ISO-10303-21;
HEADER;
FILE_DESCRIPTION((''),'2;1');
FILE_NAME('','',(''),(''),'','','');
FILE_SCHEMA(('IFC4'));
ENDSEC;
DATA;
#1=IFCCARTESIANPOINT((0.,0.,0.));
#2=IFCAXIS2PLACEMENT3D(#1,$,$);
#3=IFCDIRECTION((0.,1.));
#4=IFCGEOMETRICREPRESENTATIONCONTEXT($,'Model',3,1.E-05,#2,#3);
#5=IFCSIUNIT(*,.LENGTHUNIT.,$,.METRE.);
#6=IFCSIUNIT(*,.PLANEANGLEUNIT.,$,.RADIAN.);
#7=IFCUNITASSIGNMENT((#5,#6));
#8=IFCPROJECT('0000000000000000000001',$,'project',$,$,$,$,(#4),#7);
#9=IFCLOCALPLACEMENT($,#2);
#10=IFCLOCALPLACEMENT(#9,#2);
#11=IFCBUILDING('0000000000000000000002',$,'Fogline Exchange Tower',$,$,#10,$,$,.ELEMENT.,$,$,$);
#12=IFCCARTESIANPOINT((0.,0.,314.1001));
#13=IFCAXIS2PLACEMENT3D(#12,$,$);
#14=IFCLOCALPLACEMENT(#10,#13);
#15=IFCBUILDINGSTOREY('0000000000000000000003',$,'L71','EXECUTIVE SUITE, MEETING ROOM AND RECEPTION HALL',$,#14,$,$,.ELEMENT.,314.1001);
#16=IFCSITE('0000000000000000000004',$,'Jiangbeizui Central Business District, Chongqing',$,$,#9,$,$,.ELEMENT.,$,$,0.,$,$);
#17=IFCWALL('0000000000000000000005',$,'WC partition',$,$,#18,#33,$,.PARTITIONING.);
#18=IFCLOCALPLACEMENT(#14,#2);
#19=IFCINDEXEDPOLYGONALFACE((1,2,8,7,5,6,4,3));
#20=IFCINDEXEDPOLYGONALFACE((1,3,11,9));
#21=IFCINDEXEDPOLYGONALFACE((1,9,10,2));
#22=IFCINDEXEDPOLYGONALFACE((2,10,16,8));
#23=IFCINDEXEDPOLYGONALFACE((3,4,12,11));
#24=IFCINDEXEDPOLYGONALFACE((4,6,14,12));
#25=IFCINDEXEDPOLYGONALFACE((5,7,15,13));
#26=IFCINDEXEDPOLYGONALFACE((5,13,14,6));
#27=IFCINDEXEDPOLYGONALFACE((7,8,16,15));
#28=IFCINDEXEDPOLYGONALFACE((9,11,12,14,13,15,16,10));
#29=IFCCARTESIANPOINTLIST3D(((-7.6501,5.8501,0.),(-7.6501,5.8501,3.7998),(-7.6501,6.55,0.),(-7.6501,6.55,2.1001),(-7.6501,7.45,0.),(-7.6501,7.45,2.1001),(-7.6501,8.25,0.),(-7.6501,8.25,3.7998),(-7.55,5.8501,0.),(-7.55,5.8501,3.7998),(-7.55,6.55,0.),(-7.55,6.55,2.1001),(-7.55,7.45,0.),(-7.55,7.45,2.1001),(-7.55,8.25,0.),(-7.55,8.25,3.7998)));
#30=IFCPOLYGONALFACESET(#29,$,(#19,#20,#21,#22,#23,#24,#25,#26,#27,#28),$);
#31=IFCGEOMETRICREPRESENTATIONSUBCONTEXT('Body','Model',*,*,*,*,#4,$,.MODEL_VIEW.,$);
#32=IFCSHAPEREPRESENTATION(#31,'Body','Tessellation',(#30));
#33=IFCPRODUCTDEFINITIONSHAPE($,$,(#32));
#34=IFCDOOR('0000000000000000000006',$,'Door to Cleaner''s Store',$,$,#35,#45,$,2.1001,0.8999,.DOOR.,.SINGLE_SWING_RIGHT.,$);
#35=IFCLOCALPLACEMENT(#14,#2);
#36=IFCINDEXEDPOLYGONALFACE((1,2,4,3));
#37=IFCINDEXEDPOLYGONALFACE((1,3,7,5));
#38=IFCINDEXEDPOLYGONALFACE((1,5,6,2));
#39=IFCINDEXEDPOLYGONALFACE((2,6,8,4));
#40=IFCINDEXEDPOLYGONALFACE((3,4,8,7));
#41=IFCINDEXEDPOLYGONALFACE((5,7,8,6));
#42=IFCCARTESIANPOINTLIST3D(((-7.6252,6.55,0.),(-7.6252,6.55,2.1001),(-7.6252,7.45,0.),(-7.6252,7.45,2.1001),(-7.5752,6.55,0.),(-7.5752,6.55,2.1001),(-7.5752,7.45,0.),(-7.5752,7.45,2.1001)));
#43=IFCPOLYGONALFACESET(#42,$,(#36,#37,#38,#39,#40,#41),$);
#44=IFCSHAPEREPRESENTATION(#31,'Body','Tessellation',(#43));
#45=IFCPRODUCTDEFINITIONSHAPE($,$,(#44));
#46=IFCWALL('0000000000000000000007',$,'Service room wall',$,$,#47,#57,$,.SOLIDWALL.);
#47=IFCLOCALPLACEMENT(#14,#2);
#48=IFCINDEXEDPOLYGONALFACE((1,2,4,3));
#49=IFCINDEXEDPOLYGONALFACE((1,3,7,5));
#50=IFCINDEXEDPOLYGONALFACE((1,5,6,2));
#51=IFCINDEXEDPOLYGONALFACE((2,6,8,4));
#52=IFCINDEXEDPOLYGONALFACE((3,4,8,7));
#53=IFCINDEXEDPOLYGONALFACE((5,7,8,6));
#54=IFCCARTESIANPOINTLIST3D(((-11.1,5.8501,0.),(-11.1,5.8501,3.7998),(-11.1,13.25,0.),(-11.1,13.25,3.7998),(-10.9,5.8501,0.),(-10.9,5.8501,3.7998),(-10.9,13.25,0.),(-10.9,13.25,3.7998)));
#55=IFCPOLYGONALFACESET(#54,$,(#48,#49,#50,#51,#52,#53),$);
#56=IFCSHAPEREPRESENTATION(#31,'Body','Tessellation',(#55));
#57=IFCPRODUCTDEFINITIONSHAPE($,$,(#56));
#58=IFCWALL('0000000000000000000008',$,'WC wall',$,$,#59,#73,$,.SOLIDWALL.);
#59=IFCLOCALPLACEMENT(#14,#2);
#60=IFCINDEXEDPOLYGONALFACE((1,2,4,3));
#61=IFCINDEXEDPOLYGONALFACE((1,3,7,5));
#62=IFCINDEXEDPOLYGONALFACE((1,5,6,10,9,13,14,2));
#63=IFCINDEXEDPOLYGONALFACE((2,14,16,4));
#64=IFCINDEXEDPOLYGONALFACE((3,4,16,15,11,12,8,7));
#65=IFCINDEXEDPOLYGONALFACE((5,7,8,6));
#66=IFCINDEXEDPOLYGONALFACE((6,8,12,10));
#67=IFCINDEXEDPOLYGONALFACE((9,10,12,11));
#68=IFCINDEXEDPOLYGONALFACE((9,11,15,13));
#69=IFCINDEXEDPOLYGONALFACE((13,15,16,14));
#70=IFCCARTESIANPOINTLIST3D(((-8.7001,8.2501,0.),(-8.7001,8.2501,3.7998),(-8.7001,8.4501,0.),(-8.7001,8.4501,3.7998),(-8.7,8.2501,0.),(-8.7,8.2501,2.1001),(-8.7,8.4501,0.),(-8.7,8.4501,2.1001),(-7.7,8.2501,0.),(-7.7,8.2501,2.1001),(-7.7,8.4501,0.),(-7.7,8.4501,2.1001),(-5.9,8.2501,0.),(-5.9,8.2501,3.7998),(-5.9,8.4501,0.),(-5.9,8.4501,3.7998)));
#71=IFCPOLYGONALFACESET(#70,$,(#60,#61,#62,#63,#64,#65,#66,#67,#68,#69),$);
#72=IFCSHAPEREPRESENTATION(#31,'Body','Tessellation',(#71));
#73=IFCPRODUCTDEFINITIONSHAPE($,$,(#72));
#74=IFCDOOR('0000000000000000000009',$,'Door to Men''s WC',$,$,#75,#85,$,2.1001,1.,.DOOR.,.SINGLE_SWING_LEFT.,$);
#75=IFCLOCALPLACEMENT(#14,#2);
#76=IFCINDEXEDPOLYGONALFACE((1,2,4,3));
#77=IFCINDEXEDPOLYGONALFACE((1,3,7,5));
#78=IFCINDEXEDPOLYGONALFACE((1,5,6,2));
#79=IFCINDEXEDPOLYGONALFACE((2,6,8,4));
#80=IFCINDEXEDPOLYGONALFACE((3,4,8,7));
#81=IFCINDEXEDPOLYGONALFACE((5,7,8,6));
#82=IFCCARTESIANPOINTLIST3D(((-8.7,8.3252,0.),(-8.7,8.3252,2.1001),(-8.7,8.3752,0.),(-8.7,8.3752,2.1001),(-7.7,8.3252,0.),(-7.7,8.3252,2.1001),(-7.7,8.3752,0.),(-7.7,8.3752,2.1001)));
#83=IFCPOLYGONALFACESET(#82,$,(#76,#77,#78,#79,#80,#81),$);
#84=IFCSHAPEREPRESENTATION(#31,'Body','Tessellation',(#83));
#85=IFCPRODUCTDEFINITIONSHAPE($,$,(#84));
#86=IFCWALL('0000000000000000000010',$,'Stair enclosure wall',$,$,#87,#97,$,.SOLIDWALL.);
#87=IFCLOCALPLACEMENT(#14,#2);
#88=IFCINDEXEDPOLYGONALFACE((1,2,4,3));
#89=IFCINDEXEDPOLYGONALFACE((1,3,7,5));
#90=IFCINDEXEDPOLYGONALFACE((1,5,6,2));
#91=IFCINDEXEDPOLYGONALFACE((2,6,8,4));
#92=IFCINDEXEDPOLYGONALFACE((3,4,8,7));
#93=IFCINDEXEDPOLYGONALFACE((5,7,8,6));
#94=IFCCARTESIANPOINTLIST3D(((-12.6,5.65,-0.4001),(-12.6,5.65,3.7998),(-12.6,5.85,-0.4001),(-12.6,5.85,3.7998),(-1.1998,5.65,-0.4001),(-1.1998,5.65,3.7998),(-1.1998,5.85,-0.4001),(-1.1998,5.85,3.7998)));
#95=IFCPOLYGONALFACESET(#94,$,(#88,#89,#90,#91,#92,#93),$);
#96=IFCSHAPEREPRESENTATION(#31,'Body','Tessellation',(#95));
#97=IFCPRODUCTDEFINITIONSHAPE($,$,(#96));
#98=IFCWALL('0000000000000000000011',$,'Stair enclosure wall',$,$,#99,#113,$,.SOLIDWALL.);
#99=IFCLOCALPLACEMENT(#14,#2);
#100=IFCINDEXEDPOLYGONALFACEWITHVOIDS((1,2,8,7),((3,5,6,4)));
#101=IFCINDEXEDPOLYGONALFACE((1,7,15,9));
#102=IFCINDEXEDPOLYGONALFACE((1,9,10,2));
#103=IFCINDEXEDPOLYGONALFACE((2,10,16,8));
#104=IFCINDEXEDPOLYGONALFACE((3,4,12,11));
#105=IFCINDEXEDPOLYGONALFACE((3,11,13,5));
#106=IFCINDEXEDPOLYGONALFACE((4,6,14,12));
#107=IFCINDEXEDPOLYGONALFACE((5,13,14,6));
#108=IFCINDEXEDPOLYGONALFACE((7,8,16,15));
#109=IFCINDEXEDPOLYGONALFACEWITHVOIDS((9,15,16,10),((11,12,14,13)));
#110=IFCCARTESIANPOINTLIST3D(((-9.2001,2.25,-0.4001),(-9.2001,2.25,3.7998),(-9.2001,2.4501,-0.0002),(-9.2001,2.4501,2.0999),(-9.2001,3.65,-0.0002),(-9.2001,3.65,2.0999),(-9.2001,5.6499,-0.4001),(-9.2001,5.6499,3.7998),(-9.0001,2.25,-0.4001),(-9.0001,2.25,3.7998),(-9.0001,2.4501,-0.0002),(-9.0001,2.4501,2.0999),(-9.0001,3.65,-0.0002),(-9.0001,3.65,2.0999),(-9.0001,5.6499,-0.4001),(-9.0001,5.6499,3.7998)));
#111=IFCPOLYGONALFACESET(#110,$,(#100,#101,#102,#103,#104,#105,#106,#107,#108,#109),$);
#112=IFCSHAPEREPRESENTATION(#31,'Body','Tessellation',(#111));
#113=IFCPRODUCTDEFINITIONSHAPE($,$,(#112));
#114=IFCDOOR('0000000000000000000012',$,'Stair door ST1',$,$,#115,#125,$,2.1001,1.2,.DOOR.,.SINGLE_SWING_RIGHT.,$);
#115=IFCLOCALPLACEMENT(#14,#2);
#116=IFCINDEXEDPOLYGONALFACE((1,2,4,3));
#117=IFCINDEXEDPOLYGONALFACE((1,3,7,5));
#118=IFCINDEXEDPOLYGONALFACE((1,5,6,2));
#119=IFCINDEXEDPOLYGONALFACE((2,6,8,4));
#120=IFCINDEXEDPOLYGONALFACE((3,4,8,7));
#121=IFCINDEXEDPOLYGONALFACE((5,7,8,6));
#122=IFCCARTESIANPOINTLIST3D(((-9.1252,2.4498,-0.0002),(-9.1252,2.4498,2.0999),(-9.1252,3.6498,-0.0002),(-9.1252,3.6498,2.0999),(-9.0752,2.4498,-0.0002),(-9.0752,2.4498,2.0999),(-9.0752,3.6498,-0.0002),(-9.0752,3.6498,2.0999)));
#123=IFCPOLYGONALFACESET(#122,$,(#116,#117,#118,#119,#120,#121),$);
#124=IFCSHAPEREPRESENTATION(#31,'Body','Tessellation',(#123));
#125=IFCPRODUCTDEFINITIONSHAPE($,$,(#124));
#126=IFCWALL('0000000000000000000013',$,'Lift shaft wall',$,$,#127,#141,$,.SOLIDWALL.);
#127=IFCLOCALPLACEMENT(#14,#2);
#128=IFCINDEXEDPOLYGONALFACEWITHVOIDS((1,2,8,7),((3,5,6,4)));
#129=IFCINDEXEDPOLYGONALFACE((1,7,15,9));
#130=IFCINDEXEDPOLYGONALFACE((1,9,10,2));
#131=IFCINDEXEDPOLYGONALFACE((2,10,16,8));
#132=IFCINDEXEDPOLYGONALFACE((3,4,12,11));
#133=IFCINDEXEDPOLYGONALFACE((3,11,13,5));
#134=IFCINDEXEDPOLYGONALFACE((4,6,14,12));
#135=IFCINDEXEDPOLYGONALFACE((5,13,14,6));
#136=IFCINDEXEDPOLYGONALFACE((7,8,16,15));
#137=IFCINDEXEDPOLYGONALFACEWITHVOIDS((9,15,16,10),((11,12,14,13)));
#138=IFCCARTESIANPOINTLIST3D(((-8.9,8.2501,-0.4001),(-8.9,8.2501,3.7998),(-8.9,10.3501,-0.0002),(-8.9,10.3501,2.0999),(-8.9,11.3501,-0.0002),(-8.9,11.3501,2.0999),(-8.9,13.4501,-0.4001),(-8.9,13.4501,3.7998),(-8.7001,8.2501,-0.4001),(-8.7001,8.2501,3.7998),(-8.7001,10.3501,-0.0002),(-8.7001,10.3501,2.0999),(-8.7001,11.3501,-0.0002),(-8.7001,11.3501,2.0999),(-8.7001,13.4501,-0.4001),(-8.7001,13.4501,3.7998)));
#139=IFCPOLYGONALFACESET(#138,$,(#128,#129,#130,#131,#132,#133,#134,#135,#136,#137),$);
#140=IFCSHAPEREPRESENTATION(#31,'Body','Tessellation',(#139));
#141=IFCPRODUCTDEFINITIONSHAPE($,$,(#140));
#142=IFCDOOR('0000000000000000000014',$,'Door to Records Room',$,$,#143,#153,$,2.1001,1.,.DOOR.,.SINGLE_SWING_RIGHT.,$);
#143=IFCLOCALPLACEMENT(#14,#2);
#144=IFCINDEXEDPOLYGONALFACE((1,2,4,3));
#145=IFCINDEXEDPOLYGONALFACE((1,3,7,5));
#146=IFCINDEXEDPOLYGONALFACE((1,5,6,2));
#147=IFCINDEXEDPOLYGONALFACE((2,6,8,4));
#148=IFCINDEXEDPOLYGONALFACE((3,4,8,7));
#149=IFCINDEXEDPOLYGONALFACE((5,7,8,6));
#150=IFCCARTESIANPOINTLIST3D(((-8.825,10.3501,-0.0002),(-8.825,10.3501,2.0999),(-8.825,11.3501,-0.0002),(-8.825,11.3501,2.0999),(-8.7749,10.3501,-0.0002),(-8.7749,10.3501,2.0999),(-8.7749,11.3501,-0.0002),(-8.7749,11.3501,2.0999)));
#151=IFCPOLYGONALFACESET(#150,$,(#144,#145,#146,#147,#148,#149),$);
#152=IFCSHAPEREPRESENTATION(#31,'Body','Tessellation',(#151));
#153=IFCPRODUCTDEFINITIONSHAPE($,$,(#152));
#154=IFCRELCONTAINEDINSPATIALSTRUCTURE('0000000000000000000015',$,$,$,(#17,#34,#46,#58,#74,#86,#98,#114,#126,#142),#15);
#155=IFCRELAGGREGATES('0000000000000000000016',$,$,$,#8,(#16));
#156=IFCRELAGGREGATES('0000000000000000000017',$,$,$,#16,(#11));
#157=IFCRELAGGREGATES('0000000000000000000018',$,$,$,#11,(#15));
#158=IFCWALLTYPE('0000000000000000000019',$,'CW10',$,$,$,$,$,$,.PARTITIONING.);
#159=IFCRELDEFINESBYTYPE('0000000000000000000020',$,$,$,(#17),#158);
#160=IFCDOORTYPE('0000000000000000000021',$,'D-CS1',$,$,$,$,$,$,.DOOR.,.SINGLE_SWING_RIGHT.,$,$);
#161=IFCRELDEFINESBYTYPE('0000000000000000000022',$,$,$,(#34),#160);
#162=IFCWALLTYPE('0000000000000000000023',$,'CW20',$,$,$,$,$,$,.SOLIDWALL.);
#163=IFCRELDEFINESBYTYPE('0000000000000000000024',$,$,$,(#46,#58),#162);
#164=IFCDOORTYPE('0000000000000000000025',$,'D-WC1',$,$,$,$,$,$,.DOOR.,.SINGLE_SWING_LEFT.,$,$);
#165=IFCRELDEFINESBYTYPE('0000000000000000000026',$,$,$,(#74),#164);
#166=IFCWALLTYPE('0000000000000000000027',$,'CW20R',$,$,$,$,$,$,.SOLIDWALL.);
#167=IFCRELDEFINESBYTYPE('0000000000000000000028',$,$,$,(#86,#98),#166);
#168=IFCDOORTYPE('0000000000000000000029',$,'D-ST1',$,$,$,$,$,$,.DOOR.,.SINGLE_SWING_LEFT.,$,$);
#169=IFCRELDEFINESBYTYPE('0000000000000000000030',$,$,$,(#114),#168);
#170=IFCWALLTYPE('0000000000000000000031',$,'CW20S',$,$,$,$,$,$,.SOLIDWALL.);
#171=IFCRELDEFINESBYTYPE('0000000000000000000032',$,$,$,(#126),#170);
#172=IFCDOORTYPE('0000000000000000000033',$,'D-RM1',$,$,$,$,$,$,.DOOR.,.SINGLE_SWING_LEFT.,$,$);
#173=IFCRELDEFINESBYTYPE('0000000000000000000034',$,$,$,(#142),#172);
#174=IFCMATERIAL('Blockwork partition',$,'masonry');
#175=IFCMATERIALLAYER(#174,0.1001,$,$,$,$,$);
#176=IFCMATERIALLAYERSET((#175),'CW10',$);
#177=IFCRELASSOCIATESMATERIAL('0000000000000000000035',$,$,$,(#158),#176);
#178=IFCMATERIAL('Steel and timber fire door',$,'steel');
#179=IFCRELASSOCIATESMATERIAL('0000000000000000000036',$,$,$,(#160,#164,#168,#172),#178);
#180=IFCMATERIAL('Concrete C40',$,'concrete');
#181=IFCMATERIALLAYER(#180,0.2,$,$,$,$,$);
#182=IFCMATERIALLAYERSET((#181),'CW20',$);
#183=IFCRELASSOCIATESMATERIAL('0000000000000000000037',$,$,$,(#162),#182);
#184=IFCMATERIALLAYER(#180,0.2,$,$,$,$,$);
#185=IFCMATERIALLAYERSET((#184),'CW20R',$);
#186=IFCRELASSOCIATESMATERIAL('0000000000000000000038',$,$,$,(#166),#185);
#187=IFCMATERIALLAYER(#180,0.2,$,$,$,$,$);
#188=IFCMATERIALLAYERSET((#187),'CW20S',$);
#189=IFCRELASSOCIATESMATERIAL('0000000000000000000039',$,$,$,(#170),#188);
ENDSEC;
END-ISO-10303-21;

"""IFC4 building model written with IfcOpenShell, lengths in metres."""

from ifc_helpers import new_model, si_unit, direction, frame, frame_2d, origin, place, context, subcontext, project, spatial, rectangle, extrude, material, layer, layer_set, type_object, element, fill, save


model = new_model("IFC4")

# Units and contexts
model_context = context("Model", 3, precision=1e-05, world=origin(), true_north=direction((0.0, 1.0)))
body_context = subcontext(model_context, "Body", "Model", "MODEL_VIEW")
ifc_project = project(units=[si_unit("LENGTHUNIT", "METRE"), si_unit("PLANEANGLEUNIT", "RADIAN")], contexts=[model_context])

# Site, building, storey
site_placement = place(None, origin())
site = spatial("IfcSite", under=ifc_project, at=site_placement, Name="Jiangbeizui Central Business District, Chongqing", CompositionType="ELEMENT", RefElevation=0.0)
building_placement = place(site_placement, origin())
building = spatial("IfcBuilding", under=site, at=building_placement, Name="Fogline Exchange Tower", CompositionType="ELEMENT")
storey_placement = place(building_placement, frame((0.0, 0.0, 314.1001)))
storey = spatial("IfcBuildingStorey", under=building, at=storey_placement, Name="L71", Description="EXECUTIVE SUITE, MEETING ROOM AND RECEPTION HALL", CompositionType="ELEMENT", Elevation=314.1001)

# Wall, opening, door
ifc_material_1 = material(Name="Blockwork partition", Category="masonry")
ifc_layer_1 = layer(ifc_material_1, 0.1001)
ifc_layer_set_1 = layer_set([ifc_layer_1], Name="CW10")
wall_type_1 = type_object("IfcWallType", Name="CW10", PredefinedType="PARTITIONING", material=ifc_layer_set_1)
wall_1_placement = place(storey_placement, frame((-7.6001, 5.8501, 0.0), z_axis=(0.0, 0.0, 1.0), x_axis=(0.0, 1.0, 0.0)))
wall_1 = element("IfcWall", 1, at=wall_1_placement, inside=storey, type_object=wall_type_1, Name="WC partition", PredefinedType="PARTITIONING", context=body_context, shape_type="SweptSolid", body=[
    extrude(rectangle(XDim=2.3999, YDim=0.1001, at=frame_2d((1.2, 0.0))), origin(), (0.0, 0.0, 1.0), 3.7998),
])
opening_1_placement = place(wall_1_placement, frame((0.7, 0.0, 0.0)))
opening_1 = element("IfcOpeningElement", 2, at=opening_1_placement, cuts=wall_1, PredefinedType="OPENING", context=body_context, shape_type="SweptSolid", body=[
    extrude(rectangle(XDim=0.8999, YDim=2.1001, at=frame_2d((0.45, 1.05))), frame((0.0, 0.0601, 0.0), z_axis=(0.0, -1.0, 0.0), x_axis=(1.0, 0.0, 0.0)), (0.0, 0.0, 1.0), 0.1201),
])
ifc_material_2 = material(Name="Steel and timber fire door", Category="steel")
door_type_1 = type_object("IfcDoorType", Name="D-CS1", OperationType="SINGLE_SWING_RIGHT", PredefinedType="DOOR", material=ifc_material_2)
door_1_placement = place(opening_1_placement, frame((0.8999, 0.0, 0.0), z_axis=(0.0, 0.0, 1.0), x_axis=(-1.0, 0.0, 0.0)))
door_1 = element("IfcDoor", 3, at=door_1_placement, inside=storey, type_object=door_type_1, Name="Door to Cleaner's Store", OperationType="SINGLE_SWING_RIGHT", OverallHeight=2.1001, OverallWidth=0.8999, PredefinedType="DOOR", context=body_context, shape_type="SweptSolid", body=[
    extrude(rectangle(XDim=0.8999, YDim=2.1001, at=frame_2d((0.45, 1.05))), frame((0.0, 0.0249, 0.0), z_axis=(0.0, -1.0, 0.0), x_axis=(1.0, 0.0, 0.0)), (0.0, 0.0, 1.0), 0.05),
])
fill(opening_1, door_1)

# Wall
ifc_material_3 = material(Name="Concrete C40", Category="concrete")
ifc_layer_2 = layer(ifc_material_3, 0.2)
ifc_layer_set_2 = layer_set([ifc_layer_2], Name="CW20")
wall_type_2 = type_object("IfcWallType", Name="CW20", PredefinedType="SOLIDWALL", material=ifc_layer_set_2)
wall_2_placement = place(storey_placement, frame((-11.0, 5.8501, 0.0), z_axis=(0.0, 0.0, 1.0), x_axis=(0.0, 1.0, 0.0)))
element("IfcWall", 4, at=wall_2_placement, inside=storey, type_object=wall_type_2, Name="Service room wall", PredefinedType="SOLIDWALL", context=body_context, shape_type="SweptSolid", body=[
    extrude(rectangle(XDim=7.3999, YDim=0.2, at=frame_2d((3.7, 0.0))), origin(), (0.0, 0.0, 1.0), 3.7998),
])

# Wall, opening, door
wall_3_placement = place(storey_placement, frame((-8.7, 8.3501, 0.0), z_axis=(0.0, 0.0, 1.0), x_axis=(1.0, 0.0, 0.0)))
wall_3 = element("IfcWall", 5, at=wall_3_placement, inside=storey, type_object=wall_type_2, Name="WC wall", PredefinedType="SOLIDWALL", context=body_context, shape_type="SweptSolid", body=[
    extrude(rectangle(XDim=2.8, YDim=0.2, at=frame_2d((1.3999, 0.0))), origin(), (0.0, 0.0, 1.0), 3.7998),
])
opening_2_placement = place(wall_3_placement, origin())
opening_2 = element("IfcOpeningElement", 6, at=opening_2_placement, cuts=wall_3, PredefinedType="OPENING", context=body_context, shape_type="SweptSolid", body=[
    extrude(rectangle(XDim=1.0, YDim=2.1001, at=frame_2d((0.5, 1.05))), frame((0.0, 0.1099, 0.0), z_axis=(0.0, -1.0, 0.0), x_axis=(1.0, 0.0, 0.0)), (0.0, 0.0, 1.0), 0.22),
])
door_type_2 = type_object("IfcDoorType", Name="D-WC1", OperationType="SINGLE_SWING_LEFT", PredefinedType="DOOR", material=ifc_material_2)
door_2_placement = place(opening_2_placement, frame((1.0, 0.0, 0.0), z_axis=(0.0, 0.0, 1.0), x_axis=(-1.0, 0.0, 0.0)))
door_2 = element("IfcDoor", 7, at=door_2_placement, inside=storey, type_object=door_type_2, Name="Door to Men's WC", OperationType="SINGLE_SWING_LEFT", OverallHeight=2.1001, OverallWidth=1.0, PredefinedType="DOOR", context=body_context, shape_type="SweptSolid", body=[
    extrude(rectangle(XDim=1.0, YDim=2.1001, at=frame_2d((0.5, 1.05))), frame((0.0, 0.0249, 0.0), z_axis=(0.0, -1.0, 0.0), x_axis=(1.0, 0.0, 0.0)), (0.0, 0.0, 1.0), 0.05),
])
fill(opening_2, door_2)

# Wall
ifc_layer_3 = layer(ifc_material_3, 0.2)
ifc_layer_set_3 = layer_set([ifc_layer_3], Name="CW20R")
wall_type_3 = type_object("IfcWallType", Name="CW20R", PredefinedType="SOLIDWALL", material=ifc_layer_set_3)
wall_4_placement = place(storey_placement, frame((-12.6001, 5.75, -0.4001), z_axis=(0.0, 0.0, 1.0), x_axis=(1.0, 0.0, 0.0)))
element("IfcWall", 8, at=wall_4_placement, inside=storey, type_object=wall_type_3, Name="Stair enclosure wall", PredefinedType="SOLIDWALL", context=body_context, shape_type="SweptSolid", body=[
    extrude(rectangle(XDim=11.4001, YDim=0.2, at=frame_2d((5.7002, 0.0))), origin(), (0.0, 0.0, 1.0), 4.2),
])

# Walls, openings, doors
wall_5_placement = place(storey_placement, frame((-9.1001, 2.25, -0.4001), z_axis=(0.0, 0.0, 1.0), x_axis=(0.0, 1.0, 0.0)))
wall_5 = element("IfcWall", 9, at=wall_5_placement, inside=storey, type_object=wall_type_3, Name="Stair enclosure wall", PredefinedType="SOLIDWALL", context=body_context, shape_type="SweptSolid", body=[
    extrude(rectangle(XDim=3.3999, YDim=0.2, at=frame_2d((1.7, 0.0))), origin(), (0.0, 0.0, 1.0), 4.2),
])
opening_3_placement = place(wall_5_placement, frame((0.2, 0.0, 0.3999)))
opening_3 = element("IfcOpeningElement", 10, at=opening_3_placement, cuts=wall_5, PredefinedType="OPENING", context=body_context, shape_type="SweptSolid", body=[
    extrude(rectangle(XDim=1.2, YDim=2.1001, at=frame_2d((0.6001, 1.05))), frame((0.0, 0.1099, 0.0), z_axis=(0.0, -1.0, 0.0), x_axis=(1.0, 0.0, 0.0)), (0.0, 0.0, 1.0), 0.22),
])
door_type_3 = type_object("IfcDoorType", Name="D-ST1", OperationType="SINGLE_SWING_LEFT", PredefinedType="DOOR", material=ifc_material_2)
door_3_placement = place(opening_3_placement, frame((1.2, 0.0, 0.0), z_axis=(0.0, 0.0, 1.0), x_axis=(-1.0, 0.0, 0.0)))
door_3 = element("IfcDoor", 11, at=door_3_placement, inside=storey, type_object=door_type_3, Name="Stair door ST1", OperationType="SINGLE_SWING_RIGHT", OverallHeight=2.1001, OverallWidth=1.2, PredefinedType="DOOR", context=body_context, shape_type="SweptSolid", body=[
    extrude(rectangle(XDim=1.2, YDim=2.1001, at=frame_2d((0.6001, 1.05))), frame((0.0, 0.0249, 0.0), z_axis=(0.0, -1.0, 0.0), x_axis=(1.0, 0.0, 0.0)), (0.0, 0.0, 1.0), 0.05),
])
fill(opening_3, door_3)
ifc_layer_4 = layer(ifc_material_3, 0.2)
ifc_layer_set_4 = layer_set([ifc_layer_4], Name="CW20S")
wall_type_4 = type_object("IfcWallType", Name="CW20S", PredefinedType="SOLIDWALL", material=ifc_layer_set_4)
wall_6_placement = place(storey_placement, frame((-8.8, 8.25, -0.4001), z_axis=(0.0, 0.0, 1.0), x_axis=(0.0, 1.0, 0.0)))
wall_6 = element("IfcWall", 12, at=wall_6_placement, inside=storey, type_object=wall_type_4, Name="Lift shaft wall", PredefinedType="SOLIDWALL", context=body_context, shape_type="SweptSolid", body=[
    extrude(rectangle(XDim=5.2, YDim=0.2, at=frame_2d((2.6001, 0.0))), origin(), (0.0, 0.0, 1.0), 4.2),
])
opening_4_placement = place(wall_6_placement, frame((2.1001, 0.0, 0.3999)))
opening_4 = element("IfcOpeningElement", 13, at=opening_4_placement, cuts=wall_6, PredefinedType="OPENING", context=body_context, shape_type="SweptSolid", body=[
    extrude(rectangle(XDim=1.0, YDim=2.1001, at=frame_2d((0.5, 1.05))), frame((0.0, 0.1099, 0.0), z_axis=(0.0, -1.0, 0.0), x_axis=(1.0, 0.0, 0.0)), (0.0, 0.0, 1.0), 0.22),
])
door_type_4 = type_object("IfcDoorType", Name="D-RM1", OperationType="SINGLE_SWING_LEFT", PredefinedType="DOOR", material=ifc_material_2)
door_4_placement = place(opening_4_placement, origin())
door_4 = element("IfcDoor", 14, at=door_4_placement, inside=storey, type_object=door_type_4, Name="Door to Records Room", OperationType="SINGLE_SWING_RIGHT", OverallHeight=2.1001, OverallWidth=1.0, PredefinedType="DOOR", context=body_context, shape_type="SweptSolid", body=[
    extrude(rectangle(XDim=1.0, YDim=2.1001, at=frame_2d((0.5, 1.05))), frame((0.0, 0.0249, 0.0), z_axis=(0.0, -1.0, 0.0), x_axis=(1.0, 0.0, 0.0)), (0.0, 0.0, 1.0), 0.05),
])
fill(opening_4, door_4)

save(model, "model.ifc")
